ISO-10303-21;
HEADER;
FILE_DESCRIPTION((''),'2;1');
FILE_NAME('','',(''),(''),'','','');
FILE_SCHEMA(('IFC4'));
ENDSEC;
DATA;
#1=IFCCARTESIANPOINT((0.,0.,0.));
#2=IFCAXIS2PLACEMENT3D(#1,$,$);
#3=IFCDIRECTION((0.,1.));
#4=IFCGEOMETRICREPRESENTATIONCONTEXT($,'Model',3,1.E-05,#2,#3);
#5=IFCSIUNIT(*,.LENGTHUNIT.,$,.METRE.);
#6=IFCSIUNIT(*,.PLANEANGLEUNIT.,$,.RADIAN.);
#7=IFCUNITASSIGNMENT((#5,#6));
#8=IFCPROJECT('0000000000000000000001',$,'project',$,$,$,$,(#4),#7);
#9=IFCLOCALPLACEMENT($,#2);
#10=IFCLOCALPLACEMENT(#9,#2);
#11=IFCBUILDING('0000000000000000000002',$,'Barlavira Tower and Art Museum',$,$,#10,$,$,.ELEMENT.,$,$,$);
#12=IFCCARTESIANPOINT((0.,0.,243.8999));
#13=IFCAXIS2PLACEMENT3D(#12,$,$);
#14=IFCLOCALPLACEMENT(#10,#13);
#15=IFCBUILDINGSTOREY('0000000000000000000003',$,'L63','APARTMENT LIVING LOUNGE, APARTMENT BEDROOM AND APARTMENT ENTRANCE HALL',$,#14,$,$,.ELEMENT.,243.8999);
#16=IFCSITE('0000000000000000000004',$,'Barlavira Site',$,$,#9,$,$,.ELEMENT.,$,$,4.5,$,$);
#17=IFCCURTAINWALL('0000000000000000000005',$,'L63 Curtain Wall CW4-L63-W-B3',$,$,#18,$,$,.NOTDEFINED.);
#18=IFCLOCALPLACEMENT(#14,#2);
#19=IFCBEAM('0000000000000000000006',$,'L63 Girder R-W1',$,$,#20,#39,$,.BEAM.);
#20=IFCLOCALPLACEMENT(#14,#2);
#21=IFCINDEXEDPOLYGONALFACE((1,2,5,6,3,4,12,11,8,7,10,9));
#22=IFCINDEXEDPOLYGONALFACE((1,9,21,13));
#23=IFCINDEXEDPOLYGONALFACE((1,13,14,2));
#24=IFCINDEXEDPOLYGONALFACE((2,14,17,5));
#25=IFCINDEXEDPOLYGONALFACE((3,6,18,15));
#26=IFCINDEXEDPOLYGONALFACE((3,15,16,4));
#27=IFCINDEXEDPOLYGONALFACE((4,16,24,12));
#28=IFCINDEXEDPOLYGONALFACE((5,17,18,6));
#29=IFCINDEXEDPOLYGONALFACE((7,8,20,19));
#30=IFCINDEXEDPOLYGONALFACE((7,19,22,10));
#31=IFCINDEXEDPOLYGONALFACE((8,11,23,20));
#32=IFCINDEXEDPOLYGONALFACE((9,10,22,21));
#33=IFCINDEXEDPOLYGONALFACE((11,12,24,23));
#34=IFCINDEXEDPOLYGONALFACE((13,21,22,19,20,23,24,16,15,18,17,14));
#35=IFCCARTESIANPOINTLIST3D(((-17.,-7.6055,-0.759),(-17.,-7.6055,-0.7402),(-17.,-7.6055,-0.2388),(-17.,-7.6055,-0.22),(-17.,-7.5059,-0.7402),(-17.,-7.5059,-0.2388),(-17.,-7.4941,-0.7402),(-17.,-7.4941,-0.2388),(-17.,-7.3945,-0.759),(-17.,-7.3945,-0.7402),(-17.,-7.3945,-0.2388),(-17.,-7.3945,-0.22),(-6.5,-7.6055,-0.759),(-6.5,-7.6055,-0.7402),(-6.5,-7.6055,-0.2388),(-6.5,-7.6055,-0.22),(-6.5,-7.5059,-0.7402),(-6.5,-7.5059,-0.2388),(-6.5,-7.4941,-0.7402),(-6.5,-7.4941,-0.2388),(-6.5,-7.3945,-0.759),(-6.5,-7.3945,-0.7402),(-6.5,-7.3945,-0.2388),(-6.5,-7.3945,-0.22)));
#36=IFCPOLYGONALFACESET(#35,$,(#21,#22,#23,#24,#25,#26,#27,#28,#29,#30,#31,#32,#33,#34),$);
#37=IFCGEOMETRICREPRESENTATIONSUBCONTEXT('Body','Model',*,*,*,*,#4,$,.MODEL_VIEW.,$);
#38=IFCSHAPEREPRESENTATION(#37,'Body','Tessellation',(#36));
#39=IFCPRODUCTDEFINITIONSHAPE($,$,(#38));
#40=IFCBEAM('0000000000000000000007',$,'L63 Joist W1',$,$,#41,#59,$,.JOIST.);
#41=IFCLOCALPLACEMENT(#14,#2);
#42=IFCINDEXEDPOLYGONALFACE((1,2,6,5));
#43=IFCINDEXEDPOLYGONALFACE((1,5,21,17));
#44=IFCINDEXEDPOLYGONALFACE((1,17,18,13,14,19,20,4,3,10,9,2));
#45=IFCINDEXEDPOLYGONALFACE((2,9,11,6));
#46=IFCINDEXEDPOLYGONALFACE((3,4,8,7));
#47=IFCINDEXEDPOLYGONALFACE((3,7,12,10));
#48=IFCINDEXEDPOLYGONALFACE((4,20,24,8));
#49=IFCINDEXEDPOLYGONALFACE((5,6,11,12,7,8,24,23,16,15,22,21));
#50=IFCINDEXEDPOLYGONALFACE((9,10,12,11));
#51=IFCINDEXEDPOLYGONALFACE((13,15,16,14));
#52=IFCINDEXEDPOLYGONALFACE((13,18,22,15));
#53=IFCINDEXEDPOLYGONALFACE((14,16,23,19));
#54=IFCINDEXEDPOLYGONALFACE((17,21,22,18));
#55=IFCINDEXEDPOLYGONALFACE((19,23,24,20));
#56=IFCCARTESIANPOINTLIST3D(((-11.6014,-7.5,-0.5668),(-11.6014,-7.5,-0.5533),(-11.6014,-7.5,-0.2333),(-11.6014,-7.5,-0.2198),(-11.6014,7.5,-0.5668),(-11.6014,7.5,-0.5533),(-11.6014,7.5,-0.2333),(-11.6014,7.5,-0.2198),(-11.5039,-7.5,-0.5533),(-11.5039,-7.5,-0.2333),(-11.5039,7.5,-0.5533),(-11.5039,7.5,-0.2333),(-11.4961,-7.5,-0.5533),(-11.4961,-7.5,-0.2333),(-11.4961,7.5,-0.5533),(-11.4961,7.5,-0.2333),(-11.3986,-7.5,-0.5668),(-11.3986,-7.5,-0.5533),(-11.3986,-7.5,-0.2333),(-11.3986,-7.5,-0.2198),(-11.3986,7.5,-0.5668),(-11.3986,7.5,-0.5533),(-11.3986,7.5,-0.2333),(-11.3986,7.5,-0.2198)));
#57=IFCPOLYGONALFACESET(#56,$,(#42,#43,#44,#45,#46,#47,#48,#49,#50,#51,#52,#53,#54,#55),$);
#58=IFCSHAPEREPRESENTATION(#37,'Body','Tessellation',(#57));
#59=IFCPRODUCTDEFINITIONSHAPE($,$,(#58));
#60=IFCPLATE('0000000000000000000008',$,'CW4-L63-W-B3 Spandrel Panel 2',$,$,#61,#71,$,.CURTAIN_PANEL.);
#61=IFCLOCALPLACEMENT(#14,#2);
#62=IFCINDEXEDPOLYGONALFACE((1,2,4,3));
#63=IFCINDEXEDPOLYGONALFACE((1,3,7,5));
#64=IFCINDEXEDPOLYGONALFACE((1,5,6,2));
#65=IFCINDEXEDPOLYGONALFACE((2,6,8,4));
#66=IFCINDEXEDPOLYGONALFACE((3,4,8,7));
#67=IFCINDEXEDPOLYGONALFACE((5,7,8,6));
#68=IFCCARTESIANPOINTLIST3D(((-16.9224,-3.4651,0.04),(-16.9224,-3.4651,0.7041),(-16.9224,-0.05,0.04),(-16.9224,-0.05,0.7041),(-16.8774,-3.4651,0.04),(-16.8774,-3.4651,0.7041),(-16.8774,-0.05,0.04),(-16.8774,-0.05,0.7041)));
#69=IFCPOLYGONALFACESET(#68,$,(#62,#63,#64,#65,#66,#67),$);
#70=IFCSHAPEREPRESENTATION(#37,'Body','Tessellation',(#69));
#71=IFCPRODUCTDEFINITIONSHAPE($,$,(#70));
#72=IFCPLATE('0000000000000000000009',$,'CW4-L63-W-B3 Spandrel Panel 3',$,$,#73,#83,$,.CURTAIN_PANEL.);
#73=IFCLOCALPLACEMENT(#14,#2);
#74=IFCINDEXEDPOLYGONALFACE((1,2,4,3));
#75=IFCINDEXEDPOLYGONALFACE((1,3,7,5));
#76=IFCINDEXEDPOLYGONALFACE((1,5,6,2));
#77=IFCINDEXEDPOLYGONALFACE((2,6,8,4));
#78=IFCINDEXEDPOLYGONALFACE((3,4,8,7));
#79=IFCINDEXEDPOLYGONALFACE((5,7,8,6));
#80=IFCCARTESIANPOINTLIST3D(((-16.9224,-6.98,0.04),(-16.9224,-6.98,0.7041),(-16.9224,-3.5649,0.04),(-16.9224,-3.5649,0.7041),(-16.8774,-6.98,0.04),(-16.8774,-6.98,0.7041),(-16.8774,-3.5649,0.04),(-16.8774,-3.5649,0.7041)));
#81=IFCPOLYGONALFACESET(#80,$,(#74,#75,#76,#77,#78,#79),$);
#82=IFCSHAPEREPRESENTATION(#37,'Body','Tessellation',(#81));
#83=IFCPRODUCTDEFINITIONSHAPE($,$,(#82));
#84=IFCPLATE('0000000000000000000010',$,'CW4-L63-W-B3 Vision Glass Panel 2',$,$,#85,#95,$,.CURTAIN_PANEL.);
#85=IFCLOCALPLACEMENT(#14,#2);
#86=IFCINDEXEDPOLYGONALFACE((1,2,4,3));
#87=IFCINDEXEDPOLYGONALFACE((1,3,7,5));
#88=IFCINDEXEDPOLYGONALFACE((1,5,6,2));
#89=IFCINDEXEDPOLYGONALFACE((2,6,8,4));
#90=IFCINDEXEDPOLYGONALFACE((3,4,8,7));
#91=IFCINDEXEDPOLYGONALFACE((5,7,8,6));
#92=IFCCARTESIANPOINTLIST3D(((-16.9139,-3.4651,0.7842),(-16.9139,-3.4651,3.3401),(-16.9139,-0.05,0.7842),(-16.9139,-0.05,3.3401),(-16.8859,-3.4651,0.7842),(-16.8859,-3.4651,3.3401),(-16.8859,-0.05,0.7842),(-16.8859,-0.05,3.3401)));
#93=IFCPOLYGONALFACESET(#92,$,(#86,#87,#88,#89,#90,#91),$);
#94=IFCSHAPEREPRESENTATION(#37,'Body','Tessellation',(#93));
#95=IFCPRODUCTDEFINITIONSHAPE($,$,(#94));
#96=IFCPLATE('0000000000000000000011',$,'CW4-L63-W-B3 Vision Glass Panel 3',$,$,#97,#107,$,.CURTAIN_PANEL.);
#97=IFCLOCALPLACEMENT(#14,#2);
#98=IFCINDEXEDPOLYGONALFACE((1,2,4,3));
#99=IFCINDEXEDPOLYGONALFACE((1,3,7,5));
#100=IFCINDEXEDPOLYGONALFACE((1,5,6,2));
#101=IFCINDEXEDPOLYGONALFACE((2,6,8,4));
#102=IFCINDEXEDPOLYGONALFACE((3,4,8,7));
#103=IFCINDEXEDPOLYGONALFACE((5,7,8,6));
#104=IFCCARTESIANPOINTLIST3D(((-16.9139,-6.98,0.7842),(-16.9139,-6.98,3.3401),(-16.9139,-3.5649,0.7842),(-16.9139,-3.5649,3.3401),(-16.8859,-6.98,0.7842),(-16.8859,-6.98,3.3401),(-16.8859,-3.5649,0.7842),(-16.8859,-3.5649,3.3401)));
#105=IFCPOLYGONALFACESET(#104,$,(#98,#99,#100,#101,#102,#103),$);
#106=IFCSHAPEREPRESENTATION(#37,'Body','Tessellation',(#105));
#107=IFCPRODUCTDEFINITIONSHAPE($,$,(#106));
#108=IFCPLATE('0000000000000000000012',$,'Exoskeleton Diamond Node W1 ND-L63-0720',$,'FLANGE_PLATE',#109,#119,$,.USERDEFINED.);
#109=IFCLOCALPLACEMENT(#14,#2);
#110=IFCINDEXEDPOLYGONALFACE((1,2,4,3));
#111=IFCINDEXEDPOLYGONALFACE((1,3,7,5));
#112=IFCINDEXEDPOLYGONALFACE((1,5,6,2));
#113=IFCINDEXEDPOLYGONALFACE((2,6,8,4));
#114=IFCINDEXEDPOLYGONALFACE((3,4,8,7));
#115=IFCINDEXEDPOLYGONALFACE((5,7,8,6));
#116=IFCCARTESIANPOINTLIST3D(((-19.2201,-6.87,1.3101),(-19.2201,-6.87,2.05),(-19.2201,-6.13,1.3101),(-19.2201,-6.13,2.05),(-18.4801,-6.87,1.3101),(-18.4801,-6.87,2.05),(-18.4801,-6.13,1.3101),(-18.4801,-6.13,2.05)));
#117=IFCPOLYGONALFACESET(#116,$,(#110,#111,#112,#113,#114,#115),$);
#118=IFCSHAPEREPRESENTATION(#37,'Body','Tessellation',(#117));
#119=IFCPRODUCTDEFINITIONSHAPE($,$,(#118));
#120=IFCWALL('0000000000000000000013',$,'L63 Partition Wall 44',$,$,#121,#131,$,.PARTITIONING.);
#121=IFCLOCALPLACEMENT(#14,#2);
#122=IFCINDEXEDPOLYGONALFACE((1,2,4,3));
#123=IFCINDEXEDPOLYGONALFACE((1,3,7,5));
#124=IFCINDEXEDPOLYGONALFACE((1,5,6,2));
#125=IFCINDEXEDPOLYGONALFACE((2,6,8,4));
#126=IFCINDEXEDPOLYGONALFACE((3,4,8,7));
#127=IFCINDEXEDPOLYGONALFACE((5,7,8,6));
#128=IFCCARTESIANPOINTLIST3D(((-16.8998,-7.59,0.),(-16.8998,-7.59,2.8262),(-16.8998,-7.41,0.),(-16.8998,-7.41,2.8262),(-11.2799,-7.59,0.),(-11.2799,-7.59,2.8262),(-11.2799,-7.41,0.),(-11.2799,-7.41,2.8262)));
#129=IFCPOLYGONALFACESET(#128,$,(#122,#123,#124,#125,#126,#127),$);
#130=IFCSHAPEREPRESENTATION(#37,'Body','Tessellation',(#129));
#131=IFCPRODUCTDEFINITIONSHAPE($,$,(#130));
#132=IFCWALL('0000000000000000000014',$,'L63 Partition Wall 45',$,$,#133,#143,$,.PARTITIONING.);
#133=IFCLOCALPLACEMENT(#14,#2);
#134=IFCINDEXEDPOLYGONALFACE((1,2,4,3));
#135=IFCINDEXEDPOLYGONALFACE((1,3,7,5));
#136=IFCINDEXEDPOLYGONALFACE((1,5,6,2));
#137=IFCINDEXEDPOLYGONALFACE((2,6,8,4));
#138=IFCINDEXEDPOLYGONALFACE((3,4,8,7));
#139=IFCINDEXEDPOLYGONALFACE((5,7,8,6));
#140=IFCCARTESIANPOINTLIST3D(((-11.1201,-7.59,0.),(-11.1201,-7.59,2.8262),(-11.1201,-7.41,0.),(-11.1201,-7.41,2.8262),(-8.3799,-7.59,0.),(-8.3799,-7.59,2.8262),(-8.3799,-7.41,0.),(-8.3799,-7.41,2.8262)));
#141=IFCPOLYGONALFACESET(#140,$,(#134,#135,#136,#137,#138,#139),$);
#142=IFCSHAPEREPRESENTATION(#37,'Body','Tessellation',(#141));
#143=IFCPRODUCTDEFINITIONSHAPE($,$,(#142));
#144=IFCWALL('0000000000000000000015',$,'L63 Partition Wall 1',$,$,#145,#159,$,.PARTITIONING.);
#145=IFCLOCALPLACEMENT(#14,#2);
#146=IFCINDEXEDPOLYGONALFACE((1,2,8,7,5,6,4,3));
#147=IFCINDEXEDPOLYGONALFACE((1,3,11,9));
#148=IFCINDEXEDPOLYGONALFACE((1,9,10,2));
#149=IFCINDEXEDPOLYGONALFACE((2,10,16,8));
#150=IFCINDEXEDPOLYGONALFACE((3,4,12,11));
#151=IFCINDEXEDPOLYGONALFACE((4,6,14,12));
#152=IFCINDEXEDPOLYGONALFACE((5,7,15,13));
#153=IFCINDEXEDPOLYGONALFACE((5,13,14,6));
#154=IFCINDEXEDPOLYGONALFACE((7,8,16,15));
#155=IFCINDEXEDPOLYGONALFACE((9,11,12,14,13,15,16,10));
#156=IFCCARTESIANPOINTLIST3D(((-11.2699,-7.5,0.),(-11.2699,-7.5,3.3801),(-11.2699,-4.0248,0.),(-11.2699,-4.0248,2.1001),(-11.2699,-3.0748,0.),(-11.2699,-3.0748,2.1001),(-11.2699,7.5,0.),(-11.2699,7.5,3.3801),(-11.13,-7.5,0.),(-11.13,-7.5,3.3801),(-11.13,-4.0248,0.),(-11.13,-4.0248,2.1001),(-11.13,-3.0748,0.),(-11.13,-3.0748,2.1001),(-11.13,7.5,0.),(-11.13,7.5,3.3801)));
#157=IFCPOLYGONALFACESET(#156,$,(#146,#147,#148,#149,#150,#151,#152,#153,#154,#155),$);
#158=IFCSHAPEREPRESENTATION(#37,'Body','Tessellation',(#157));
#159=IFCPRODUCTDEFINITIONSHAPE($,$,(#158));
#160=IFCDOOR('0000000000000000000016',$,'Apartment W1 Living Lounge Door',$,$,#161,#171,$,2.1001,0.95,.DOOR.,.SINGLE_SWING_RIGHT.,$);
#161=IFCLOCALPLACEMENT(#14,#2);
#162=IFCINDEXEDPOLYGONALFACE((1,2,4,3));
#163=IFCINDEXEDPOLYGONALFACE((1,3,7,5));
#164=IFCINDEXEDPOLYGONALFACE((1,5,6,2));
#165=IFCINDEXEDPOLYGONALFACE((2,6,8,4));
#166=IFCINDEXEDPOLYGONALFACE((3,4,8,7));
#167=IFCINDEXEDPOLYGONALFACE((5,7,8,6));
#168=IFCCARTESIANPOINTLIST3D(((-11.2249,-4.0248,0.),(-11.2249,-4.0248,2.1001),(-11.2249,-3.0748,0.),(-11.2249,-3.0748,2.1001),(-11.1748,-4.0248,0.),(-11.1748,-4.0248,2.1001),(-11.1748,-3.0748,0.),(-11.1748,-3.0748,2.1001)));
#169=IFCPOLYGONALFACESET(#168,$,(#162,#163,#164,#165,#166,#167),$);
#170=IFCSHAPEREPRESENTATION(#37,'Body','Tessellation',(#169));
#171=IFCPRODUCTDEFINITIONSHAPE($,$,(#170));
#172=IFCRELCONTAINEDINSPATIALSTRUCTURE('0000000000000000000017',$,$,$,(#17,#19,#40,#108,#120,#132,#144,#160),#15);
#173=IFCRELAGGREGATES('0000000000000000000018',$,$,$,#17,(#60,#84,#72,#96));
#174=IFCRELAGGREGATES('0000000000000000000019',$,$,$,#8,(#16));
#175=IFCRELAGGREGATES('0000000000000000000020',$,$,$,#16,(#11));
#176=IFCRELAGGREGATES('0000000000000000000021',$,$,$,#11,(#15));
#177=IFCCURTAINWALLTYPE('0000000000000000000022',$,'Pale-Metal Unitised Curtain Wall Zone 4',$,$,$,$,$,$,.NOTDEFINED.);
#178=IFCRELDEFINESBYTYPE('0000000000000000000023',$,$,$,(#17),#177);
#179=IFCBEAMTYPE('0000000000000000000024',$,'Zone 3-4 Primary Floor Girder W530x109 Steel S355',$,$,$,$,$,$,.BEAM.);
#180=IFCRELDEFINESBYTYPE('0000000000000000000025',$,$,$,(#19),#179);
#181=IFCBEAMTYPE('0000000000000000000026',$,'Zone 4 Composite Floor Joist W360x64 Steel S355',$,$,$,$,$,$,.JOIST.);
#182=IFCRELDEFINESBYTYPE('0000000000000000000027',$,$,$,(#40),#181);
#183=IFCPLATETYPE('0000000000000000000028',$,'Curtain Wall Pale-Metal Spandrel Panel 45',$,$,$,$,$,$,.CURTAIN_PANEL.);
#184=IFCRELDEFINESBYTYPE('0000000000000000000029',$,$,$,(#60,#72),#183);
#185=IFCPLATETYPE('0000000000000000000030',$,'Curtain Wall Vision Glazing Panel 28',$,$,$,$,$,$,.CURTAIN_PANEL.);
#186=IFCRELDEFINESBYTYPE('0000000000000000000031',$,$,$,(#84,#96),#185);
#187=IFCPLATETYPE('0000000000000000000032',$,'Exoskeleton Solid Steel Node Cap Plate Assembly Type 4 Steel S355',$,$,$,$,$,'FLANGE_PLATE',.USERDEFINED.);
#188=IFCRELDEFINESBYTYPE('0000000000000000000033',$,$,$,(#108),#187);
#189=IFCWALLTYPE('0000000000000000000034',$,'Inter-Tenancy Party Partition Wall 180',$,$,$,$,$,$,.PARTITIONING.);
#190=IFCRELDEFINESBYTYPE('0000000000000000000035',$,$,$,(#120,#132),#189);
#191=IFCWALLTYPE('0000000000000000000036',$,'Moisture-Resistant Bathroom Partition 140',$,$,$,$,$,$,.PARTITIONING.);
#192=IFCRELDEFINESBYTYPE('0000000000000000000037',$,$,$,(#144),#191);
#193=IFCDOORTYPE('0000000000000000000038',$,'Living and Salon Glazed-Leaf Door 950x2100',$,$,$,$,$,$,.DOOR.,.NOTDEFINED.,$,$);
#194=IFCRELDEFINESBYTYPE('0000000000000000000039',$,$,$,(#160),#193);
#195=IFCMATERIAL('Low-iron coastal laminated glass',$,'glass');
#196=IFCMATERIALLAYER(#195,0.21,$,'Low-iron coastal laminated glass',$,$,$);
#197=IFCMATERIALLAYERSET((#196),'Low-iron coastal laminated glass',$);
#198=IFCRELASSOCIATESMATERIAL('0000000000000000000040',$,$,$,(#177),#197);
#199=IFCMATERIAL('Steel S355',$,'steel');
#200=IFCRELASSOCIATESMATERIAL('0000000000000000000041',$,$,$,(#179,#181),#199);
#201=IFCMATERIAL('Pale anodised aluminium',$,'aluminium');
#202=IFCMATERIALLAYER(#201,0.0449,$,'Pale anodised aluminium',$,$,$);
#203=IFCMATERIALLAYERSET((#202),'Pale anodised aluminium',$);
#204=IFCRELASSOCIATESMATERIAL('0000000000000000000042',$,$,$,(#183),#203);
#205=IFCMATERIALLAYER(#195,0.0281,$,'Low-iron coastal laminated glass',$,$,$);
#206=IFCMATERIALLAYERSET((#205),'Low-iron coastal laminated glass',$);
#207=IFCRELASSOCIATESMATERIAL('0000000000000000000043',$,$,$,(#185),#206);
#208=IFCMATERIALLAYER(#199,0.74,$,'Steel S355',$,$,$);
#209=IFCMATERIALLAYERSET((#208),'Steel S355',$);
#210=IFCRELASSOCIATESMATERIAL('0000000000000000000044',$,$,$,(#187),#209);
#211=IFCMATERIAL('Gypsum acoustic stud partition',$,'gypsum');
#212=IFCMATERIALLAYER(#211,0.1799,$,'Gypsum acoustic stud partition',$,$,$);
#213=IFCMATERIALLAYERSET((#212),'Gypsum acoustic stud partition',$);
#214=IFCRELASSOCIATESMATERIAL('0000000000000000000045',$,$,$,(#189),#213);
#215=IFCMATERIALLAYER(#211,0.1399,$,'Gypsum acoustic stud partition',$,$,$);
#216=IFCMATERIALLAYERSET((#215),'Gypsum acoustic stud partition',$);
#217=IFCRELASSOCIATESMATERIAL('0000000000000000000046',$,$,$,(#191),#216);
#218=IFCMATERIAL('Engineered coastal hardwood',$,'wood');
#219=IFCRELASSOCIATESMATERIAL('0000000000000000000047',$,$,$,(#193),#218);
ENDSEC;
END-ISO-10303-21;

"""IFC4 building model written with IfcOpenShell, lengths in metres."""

from ifc_helpers import new_model, si_unit, direction, frame, frame_2d, origin, origin_2d, place, context, subcontext, project, spatial, rectangle, i_section, extrude, material, layer, layer_set, material_profile, profile_set, type_object, element, fill, aggregate, save


model = new_model("IFC4")

# Units and contexts
model_context = context("Model", 3, precision=1e-05, world=origin(), true_north=direction((0.0, 1.0)))
body_context = subcontext(model_context, "Body", "Model", "MODEL_VIEW")
ifc_project = project(units=[si_unit("LENGTHUNIT", "METRE"), si_unit("PLANEANGLEUNIT", "RADIAN")], contexts=[model_context])

# Site, building, storey
site_placement = place(None, origin())
site = spatial("IfcSite", under=ifc_project, at=site_placement, Name="Barlavira Site", CompositionType="ELEMENT", RefElevation=4.5)
building_placement = place(site_placement, origin())
building = spatial("IfcBuilding", under=site, at=building_placement, Name="Barlavira Tower and Art Museum", CompositionType="ELEMENT")
storey_placement = place(building_placement, frame((0.0, 0.0, 243.8999)))
storey = spatial("IfcBuildingStorey", under=building, at=storey_placement, Name="L63", Description="APARTMENT LIVING LOUNGE, APARTMENT BEDROOM AND APARTMENT ENTRANCE HALL", CompositionType="ELEMENT", Elevation=243.8999)

# Curtain wall
ifc_material_1 = material(Name="Low-iron coastal laminated glass", Category="glass")
ifc_layer_1 = layer(ifc_material_1, 0.21, Name="Low-iron coastal laminated glass")
ifc_layer_set_1 = layer_set([ifc_layer_1], Name="Low-iron coastal laminated glass")
curtain_wall_type = type_object("IfcCurtainWallType", Name="Pale-Metal Unitised Curtain Wall Zone 4", PredefinedType="NOTDEFINED", material=ifc_layer_set_1)
curtain_wall_placement = place(storey_placement, origin())
curtain_wall = element("IfcCurtainWall", 1, at=curtain_wall_placement, inside=storey, type_object=curtain_wall_type, Name="L63 Curtain Wall CW4-L63-W-B3", PredefinedType="NOTDEFINED")
ifc_material_2 = material(Name="Pale anodised aluminium", Category="aluminium")

# Beams
ifc_material_3 = material(Name="Steel S355", Category="steel")
ifc_material_profile_1 = material_profile(ifc_material_3, i_section(OverallWidth=0.2109, OverallDepth=0.5391, WebThickness=0.0117, FlangeThickness=0.0188, at=origin_2d()), Name="W530x109.0")
ifc_profile_set_1 = profile_set([ifc_material_profile_1], Name="Steel S355")
beam_type_1 = type_object("IfcBeamType", Name="Zone 3-4 Primary Floor Girder W530x109 Steel S355", PredefinedType="BEAM", material=ifc_profile_set_1)
beam_1_placement = place(storey_placement, frame((-17.0, -7.5, -0.4895), z_axis=(1.0, 0.0, 0.0), x_axis=(0.0, 1.0, 0.0)))
element("IfcBeam", 2, at=beam_1_placement, inside=storey, type_object=beam_type_1, Name="L63 Girder R-W1", PredefinedType="BEAM", context=body_context, shape_type="SweptSolid", body=[
    extrude(i_section(OverallWidth=0.2109, OverallDepth=0.5391, WebThickness=0.0117, FlangeThickness=0.0188, at=origin_2d()), origin(), (0.0, 0.0, 1.0), 10.5),
])
ifc_material_profile_2 = material_profile(ifc_material_3, i_section(OverallWidth=0.2029, OverallDepth=0.3469, WebThickness=0.0078, FlangeThickness=0.0134, at=origin_2d()), Name="W360x64.0")
ifc_profile_set_2 = profile_set([ifc_material_profile_2], Name="Steel S355")
beam_type_2 = type_object("IfcBeamType", Name="Zone 4 Composite Floor Joist W360x64 Steel S355", PredefinedType="JOIST", material=ifc_profile_set_2)
beam_2_placement = place(storey_placement, frame((-11.5, -7.5, -0.3933), z_axis=(0.0, 1.0, 0.0), x_axis=(-1.0, 0.0, 0.0)))
element("IfcBeam", 3, at=beam_2_placement, inside=storey, type_object=beam_type_2, Name="L63 Joist W1", PredefinedType="JOIST", context=body_context, shape_type="SweptSolid", body=[
    extrude(i_section(OverallWidth=0.2029, OverallDepth=0.3469, WebThickness=0.0078, FlangeThickness=0.0134, at=origin_2d()), origin(), (0.0, 0.0, 1.0), 15.0),
])

# Plates
ifc_layer_2 = layer(ifc_material_2, 0.0449, Name="Pale anodised aluminium")
ifc_layer_set_2 = layer_set([ifc_layer_2], Name="Pale anodised aluminium")
plate_type_1 = type_object("IfcPlateType", Name="Curtain Wall Pale-Metal Spandrel Panel 45", PredefinedType="CURTAIN_PANEL", material=ifc_layer_set_2)
plate_1_placement = place(storey_placement, frame((-16.8999, -1.7576, 0.04), z_axis=(0.0, 0.0, 1.0), x_axis=(0.0, -1.0, 0.0)))
plate_1 = element("IfcPlate", 4, at=plate_1_placement, type_object=plate_type_1, Name="CW4-L63-W-B3 Spandrel Panel 2", PredefinedType="CURTAIN_PANEL", context=body_context, shape_type="SweptSolid", body=[
    extrude(rectangle(XDim=3.415, YDim=0.0449, at=origin_2d()), origin(), (0.0, 0.0, 1.0), 0.6641),
])
plate_2_placement = place(storey_placement, frame((-16.8999, -5.2725, 0.04), z_axis=(0.0, 0.0, 1.0), x_axis=(0.0, -1.0, 0.0)))
plate_2 = element("IfcPlate", 5, at=plate_2_placement, type_object=plate_type_1, Name="CW4-L63-W-B3 Spandrel Panel 3", PredefinedType="CURTAIN_PANEL", context=body_context, shape_type="SweptSolid", body=[
    extrude(rectangle(XDim=3.415, YDim=0.0449, at=origin_2d()), origin(), (0.0, 0.0, 1.0), 0.6641),
])
ifc_layer_3 = layer(ifc_material_1, 0.0281, Name="Low-iron coastal laminated glass")
ifc_layer_set_3 = layer_set([ifc_layer_3], Name="Low-iron coastal laminated glass")
plate_type_2 = type_object("IfcPlateType", Name="Curtain Wall Vision Glazing Panel 28", PredefinedType="CURTAIN_PANEL", material=ifc_layer_set_3)
plate_3_placement = place(storey_placement, frame((-16.8999, -1.7576, 0.7842), z_axis=(0.0, 0.0, 1.0), x_axis=(0.0, -1.0, 0.0)))
plate_3 = element("IfcPlate", 6, at=plate_3_placement, type_object=plate_type_2, Name="CW4-L63-W-B3 Vision Glass Panel 2", PredefinedType="CURTAIN_PANEL", context=body_context, shape_type="SweptSolid", body=[
    extrude(rectangle(XDim=3.415, YDim=0.0281, at=origin_2d()), origin(), (0.0, 0.0, 1.0), 2.5559),
])
plate_4_placement = place(storey_placement, frame((-16.8999, -5.2725, 0.7842), z_axis=(0.0, 0.0, 1.0), x_axis=(0.0, -1.0, 0.0)))
plate_4 = element("IfcPlate", 7, at=plate_4_placement, type_object=plate_type_2, Name="CW4-L63-W-B3 Vision Glass Panel 3", PredefinedType="CURTAIN_PANEL", context=body_context, shape_type="SweptSolid", body=[
    extrude(rectangle(XDim=3.415, YDim=0.0281, at=origin_2d()), origin(), (0.0, 0.0, 1.0), 2.5559),
])
aggregate(curtain_wall, [plate_1, plate_3, plate_2, plate_4])
ifc_layer_4 = layer(ifc_material_3, 0.74, Name="Steel S355")
ifc_layer_set_4 = layer_set([ifc_layer_4], Name="Steel S355")
plate_type_3 = type_object("IfcPlateType", Name="Exoskeleton Solid Steel Node Cap Plate Assembly Type 4 Steel S355", ElementType="FLANGE_PLATE", PredefinedType="USERDEFINED", material=ifc_layer_set_4)
plate_5_placement = place(storey_placement, frame((-18.8501, -6.5, 1.3101), z_axis=(0.0, 0.0, 1.0), x_axis=(1.0, 0.0, 0.0)))
element("IfcPlate", 8, at=plate_5_placement, inside=storey, type_object=plate_type_3, Name="Exoskeleton Diamond Node W1 ND-L63-0720", ObjectType="FLANGE_PLATE", PredefinedType="USERDEFINED", context=body_context, shape_type="SweptSolid", body=[
    extrude(rectangle(XDim=0.74, YDim=0.74, at=origin_2d()), origin(), (0.0, 0.0, 1.0), 0.74),
])

# Walls
ifc_material_4 = material(Name="Gypsum acoustic stud partition", Category="gypsum")
ifc_layer_5 = layer(ifc_material_4, 0.1799, Name="Gypsum acoustic stud partition")
ifc_layer_set_5 = layer_set([ifc_layer_5], Name="Gypsum acoustic stud partition")
wall_type_1 = type_object("IfcWallType", Name="Inter-Tenancy Party Partition Wall 180", PredefinedType="PARTITIONING", material=ifc_layer_set_5)
wall_1_placement = place(storey_placement, frame((-16.8999, -7.5, 0.0), z_axis=(0.0, 0.0, 1.0), x_axis=(1.0, 0.0, 0.0)))
element("IfcWall", 9, at=wall_1_placement, inside=storey, type_object=wall_type_1, Name="L63 Partition Wall 44", PredefinedType="PARTITIONING", context=body_context, shape_type="SweptSolid", body=[
    extrude(rectangle(XDim=5.6199, YDim=0.1799, at=frame_2d((2.8101, 0.0))), origin(), (0.0, 0.0, 1.0), 2.8262),
])
wall_2_placement = place(storey_placement, frame((-11.1201, -7.5, 0.0), z_axis=(0.0, 0.0, 1.0), x_axis=(1.0, 0.0, 0.0)))
element("IfcWall", 10, at=wall_2_placement, inside=storey, type_object=wall_type_1, Name="L63 Partition Wall 45", PredefinedType="PARTITIONING", context=body_context, shape_type="SweptSolid", body=[
    extrude(rectangle(XDim=2.7402, YDim=0.1799, at=frame_2d((1.3701, 0.0))), origin(), (0.0, 0.0, 1.0), 2.8262),
])

# Wall, opening, door
ifc_layer_6 = layer(ifc_material_4, 0.1399, Name="Gypsum acoustic stud partition")
ifc_layer_set_6 = layer_set([ifc_layer_6], Name="Gypsum acoustic stud partition")
wall_type_2 = type_object("IfcWallType", Name="Moisture-Resistant Bathroom Partition 140", PredefinedType="PARTITIONING", material=ifc_layer_set_6)
wall_3_placement = place(storey_placement, frame((-11.2, -7.5, 0.0), z_axis=(0.0, 0.0, 1.0), x_axis=(0.0, 1.0, 0.0)))
wall_3 = element("IfcWall", 11, at=wall_3_placement, inside=storey, type_object=wall_type_2, Name="L63 Partition Wall 1", PredefinedType="PARTITIONING", context=body_context, shape_type="SweptSolid", body=[
    extrude(rectangle(XDim=15.0, YDim=0.1399, at=frame_2d((7.5, 0.0))), origin(), (0.0, 0.0, 1.0), 3.3801),
])
opening_1_placement = place(wall_3_placement, frame((3.4751, 0.0, 0.0)))
opening_1 = element("IfcOpeningElement", 12, at=opening_1_placement, cuts=wall_3, PredefinedType="OPENING", context=body_context, shape_type="SweptSolid", body=[
    extrude(rectangle(XDim=0.95, YDim=2.1001, at=frame_2d((0.4751, 1.05))), frame((0.0, 0.0801, 0.0), z_axis=(0.0, -1.0, 0.0), x_axis=(1.0, 0.0, 0.0)), (0.0, 0.0, 1.0), 0.1599),
])
ifc_material_5 = material(Name="Engineered coastal hardwood", Category="wood")
door_type = type_object("IfcDoorType", Name="Living and Salon Glazed-Leaf Door 950x2100", OperationType="NOTDEFINED", PredefinedType="DOOR", material=ifc_material_5)
door_placement = place(opening_1_placement, origin())
door = element("IfcDoor", 13, at=door_placement, inside=storey, type_object=door_type, Name="Apartment W1 Living Lounge Door", OperationType="SINGLE_SWING_RIGHT", OverallHeight=2.1001, OverallWidth=0.95, PredefinedType="DOOR", context=body_context, shape_type="SweptSolid", body=[
    extrude(rectangle(XDim=0.95, YDim=2.1001, at=frame_2d((0.4751, 1.05))), frame((0.0, 0.0249, 0.0), z_axis=(0.0, -1.0, 0.0), x_axis=(1.0, 0.0, 0.0)), (0.0, 0.0, 1.0), 0.05),
])
fill(opening_1, door)

save(model, "model.ifc")
